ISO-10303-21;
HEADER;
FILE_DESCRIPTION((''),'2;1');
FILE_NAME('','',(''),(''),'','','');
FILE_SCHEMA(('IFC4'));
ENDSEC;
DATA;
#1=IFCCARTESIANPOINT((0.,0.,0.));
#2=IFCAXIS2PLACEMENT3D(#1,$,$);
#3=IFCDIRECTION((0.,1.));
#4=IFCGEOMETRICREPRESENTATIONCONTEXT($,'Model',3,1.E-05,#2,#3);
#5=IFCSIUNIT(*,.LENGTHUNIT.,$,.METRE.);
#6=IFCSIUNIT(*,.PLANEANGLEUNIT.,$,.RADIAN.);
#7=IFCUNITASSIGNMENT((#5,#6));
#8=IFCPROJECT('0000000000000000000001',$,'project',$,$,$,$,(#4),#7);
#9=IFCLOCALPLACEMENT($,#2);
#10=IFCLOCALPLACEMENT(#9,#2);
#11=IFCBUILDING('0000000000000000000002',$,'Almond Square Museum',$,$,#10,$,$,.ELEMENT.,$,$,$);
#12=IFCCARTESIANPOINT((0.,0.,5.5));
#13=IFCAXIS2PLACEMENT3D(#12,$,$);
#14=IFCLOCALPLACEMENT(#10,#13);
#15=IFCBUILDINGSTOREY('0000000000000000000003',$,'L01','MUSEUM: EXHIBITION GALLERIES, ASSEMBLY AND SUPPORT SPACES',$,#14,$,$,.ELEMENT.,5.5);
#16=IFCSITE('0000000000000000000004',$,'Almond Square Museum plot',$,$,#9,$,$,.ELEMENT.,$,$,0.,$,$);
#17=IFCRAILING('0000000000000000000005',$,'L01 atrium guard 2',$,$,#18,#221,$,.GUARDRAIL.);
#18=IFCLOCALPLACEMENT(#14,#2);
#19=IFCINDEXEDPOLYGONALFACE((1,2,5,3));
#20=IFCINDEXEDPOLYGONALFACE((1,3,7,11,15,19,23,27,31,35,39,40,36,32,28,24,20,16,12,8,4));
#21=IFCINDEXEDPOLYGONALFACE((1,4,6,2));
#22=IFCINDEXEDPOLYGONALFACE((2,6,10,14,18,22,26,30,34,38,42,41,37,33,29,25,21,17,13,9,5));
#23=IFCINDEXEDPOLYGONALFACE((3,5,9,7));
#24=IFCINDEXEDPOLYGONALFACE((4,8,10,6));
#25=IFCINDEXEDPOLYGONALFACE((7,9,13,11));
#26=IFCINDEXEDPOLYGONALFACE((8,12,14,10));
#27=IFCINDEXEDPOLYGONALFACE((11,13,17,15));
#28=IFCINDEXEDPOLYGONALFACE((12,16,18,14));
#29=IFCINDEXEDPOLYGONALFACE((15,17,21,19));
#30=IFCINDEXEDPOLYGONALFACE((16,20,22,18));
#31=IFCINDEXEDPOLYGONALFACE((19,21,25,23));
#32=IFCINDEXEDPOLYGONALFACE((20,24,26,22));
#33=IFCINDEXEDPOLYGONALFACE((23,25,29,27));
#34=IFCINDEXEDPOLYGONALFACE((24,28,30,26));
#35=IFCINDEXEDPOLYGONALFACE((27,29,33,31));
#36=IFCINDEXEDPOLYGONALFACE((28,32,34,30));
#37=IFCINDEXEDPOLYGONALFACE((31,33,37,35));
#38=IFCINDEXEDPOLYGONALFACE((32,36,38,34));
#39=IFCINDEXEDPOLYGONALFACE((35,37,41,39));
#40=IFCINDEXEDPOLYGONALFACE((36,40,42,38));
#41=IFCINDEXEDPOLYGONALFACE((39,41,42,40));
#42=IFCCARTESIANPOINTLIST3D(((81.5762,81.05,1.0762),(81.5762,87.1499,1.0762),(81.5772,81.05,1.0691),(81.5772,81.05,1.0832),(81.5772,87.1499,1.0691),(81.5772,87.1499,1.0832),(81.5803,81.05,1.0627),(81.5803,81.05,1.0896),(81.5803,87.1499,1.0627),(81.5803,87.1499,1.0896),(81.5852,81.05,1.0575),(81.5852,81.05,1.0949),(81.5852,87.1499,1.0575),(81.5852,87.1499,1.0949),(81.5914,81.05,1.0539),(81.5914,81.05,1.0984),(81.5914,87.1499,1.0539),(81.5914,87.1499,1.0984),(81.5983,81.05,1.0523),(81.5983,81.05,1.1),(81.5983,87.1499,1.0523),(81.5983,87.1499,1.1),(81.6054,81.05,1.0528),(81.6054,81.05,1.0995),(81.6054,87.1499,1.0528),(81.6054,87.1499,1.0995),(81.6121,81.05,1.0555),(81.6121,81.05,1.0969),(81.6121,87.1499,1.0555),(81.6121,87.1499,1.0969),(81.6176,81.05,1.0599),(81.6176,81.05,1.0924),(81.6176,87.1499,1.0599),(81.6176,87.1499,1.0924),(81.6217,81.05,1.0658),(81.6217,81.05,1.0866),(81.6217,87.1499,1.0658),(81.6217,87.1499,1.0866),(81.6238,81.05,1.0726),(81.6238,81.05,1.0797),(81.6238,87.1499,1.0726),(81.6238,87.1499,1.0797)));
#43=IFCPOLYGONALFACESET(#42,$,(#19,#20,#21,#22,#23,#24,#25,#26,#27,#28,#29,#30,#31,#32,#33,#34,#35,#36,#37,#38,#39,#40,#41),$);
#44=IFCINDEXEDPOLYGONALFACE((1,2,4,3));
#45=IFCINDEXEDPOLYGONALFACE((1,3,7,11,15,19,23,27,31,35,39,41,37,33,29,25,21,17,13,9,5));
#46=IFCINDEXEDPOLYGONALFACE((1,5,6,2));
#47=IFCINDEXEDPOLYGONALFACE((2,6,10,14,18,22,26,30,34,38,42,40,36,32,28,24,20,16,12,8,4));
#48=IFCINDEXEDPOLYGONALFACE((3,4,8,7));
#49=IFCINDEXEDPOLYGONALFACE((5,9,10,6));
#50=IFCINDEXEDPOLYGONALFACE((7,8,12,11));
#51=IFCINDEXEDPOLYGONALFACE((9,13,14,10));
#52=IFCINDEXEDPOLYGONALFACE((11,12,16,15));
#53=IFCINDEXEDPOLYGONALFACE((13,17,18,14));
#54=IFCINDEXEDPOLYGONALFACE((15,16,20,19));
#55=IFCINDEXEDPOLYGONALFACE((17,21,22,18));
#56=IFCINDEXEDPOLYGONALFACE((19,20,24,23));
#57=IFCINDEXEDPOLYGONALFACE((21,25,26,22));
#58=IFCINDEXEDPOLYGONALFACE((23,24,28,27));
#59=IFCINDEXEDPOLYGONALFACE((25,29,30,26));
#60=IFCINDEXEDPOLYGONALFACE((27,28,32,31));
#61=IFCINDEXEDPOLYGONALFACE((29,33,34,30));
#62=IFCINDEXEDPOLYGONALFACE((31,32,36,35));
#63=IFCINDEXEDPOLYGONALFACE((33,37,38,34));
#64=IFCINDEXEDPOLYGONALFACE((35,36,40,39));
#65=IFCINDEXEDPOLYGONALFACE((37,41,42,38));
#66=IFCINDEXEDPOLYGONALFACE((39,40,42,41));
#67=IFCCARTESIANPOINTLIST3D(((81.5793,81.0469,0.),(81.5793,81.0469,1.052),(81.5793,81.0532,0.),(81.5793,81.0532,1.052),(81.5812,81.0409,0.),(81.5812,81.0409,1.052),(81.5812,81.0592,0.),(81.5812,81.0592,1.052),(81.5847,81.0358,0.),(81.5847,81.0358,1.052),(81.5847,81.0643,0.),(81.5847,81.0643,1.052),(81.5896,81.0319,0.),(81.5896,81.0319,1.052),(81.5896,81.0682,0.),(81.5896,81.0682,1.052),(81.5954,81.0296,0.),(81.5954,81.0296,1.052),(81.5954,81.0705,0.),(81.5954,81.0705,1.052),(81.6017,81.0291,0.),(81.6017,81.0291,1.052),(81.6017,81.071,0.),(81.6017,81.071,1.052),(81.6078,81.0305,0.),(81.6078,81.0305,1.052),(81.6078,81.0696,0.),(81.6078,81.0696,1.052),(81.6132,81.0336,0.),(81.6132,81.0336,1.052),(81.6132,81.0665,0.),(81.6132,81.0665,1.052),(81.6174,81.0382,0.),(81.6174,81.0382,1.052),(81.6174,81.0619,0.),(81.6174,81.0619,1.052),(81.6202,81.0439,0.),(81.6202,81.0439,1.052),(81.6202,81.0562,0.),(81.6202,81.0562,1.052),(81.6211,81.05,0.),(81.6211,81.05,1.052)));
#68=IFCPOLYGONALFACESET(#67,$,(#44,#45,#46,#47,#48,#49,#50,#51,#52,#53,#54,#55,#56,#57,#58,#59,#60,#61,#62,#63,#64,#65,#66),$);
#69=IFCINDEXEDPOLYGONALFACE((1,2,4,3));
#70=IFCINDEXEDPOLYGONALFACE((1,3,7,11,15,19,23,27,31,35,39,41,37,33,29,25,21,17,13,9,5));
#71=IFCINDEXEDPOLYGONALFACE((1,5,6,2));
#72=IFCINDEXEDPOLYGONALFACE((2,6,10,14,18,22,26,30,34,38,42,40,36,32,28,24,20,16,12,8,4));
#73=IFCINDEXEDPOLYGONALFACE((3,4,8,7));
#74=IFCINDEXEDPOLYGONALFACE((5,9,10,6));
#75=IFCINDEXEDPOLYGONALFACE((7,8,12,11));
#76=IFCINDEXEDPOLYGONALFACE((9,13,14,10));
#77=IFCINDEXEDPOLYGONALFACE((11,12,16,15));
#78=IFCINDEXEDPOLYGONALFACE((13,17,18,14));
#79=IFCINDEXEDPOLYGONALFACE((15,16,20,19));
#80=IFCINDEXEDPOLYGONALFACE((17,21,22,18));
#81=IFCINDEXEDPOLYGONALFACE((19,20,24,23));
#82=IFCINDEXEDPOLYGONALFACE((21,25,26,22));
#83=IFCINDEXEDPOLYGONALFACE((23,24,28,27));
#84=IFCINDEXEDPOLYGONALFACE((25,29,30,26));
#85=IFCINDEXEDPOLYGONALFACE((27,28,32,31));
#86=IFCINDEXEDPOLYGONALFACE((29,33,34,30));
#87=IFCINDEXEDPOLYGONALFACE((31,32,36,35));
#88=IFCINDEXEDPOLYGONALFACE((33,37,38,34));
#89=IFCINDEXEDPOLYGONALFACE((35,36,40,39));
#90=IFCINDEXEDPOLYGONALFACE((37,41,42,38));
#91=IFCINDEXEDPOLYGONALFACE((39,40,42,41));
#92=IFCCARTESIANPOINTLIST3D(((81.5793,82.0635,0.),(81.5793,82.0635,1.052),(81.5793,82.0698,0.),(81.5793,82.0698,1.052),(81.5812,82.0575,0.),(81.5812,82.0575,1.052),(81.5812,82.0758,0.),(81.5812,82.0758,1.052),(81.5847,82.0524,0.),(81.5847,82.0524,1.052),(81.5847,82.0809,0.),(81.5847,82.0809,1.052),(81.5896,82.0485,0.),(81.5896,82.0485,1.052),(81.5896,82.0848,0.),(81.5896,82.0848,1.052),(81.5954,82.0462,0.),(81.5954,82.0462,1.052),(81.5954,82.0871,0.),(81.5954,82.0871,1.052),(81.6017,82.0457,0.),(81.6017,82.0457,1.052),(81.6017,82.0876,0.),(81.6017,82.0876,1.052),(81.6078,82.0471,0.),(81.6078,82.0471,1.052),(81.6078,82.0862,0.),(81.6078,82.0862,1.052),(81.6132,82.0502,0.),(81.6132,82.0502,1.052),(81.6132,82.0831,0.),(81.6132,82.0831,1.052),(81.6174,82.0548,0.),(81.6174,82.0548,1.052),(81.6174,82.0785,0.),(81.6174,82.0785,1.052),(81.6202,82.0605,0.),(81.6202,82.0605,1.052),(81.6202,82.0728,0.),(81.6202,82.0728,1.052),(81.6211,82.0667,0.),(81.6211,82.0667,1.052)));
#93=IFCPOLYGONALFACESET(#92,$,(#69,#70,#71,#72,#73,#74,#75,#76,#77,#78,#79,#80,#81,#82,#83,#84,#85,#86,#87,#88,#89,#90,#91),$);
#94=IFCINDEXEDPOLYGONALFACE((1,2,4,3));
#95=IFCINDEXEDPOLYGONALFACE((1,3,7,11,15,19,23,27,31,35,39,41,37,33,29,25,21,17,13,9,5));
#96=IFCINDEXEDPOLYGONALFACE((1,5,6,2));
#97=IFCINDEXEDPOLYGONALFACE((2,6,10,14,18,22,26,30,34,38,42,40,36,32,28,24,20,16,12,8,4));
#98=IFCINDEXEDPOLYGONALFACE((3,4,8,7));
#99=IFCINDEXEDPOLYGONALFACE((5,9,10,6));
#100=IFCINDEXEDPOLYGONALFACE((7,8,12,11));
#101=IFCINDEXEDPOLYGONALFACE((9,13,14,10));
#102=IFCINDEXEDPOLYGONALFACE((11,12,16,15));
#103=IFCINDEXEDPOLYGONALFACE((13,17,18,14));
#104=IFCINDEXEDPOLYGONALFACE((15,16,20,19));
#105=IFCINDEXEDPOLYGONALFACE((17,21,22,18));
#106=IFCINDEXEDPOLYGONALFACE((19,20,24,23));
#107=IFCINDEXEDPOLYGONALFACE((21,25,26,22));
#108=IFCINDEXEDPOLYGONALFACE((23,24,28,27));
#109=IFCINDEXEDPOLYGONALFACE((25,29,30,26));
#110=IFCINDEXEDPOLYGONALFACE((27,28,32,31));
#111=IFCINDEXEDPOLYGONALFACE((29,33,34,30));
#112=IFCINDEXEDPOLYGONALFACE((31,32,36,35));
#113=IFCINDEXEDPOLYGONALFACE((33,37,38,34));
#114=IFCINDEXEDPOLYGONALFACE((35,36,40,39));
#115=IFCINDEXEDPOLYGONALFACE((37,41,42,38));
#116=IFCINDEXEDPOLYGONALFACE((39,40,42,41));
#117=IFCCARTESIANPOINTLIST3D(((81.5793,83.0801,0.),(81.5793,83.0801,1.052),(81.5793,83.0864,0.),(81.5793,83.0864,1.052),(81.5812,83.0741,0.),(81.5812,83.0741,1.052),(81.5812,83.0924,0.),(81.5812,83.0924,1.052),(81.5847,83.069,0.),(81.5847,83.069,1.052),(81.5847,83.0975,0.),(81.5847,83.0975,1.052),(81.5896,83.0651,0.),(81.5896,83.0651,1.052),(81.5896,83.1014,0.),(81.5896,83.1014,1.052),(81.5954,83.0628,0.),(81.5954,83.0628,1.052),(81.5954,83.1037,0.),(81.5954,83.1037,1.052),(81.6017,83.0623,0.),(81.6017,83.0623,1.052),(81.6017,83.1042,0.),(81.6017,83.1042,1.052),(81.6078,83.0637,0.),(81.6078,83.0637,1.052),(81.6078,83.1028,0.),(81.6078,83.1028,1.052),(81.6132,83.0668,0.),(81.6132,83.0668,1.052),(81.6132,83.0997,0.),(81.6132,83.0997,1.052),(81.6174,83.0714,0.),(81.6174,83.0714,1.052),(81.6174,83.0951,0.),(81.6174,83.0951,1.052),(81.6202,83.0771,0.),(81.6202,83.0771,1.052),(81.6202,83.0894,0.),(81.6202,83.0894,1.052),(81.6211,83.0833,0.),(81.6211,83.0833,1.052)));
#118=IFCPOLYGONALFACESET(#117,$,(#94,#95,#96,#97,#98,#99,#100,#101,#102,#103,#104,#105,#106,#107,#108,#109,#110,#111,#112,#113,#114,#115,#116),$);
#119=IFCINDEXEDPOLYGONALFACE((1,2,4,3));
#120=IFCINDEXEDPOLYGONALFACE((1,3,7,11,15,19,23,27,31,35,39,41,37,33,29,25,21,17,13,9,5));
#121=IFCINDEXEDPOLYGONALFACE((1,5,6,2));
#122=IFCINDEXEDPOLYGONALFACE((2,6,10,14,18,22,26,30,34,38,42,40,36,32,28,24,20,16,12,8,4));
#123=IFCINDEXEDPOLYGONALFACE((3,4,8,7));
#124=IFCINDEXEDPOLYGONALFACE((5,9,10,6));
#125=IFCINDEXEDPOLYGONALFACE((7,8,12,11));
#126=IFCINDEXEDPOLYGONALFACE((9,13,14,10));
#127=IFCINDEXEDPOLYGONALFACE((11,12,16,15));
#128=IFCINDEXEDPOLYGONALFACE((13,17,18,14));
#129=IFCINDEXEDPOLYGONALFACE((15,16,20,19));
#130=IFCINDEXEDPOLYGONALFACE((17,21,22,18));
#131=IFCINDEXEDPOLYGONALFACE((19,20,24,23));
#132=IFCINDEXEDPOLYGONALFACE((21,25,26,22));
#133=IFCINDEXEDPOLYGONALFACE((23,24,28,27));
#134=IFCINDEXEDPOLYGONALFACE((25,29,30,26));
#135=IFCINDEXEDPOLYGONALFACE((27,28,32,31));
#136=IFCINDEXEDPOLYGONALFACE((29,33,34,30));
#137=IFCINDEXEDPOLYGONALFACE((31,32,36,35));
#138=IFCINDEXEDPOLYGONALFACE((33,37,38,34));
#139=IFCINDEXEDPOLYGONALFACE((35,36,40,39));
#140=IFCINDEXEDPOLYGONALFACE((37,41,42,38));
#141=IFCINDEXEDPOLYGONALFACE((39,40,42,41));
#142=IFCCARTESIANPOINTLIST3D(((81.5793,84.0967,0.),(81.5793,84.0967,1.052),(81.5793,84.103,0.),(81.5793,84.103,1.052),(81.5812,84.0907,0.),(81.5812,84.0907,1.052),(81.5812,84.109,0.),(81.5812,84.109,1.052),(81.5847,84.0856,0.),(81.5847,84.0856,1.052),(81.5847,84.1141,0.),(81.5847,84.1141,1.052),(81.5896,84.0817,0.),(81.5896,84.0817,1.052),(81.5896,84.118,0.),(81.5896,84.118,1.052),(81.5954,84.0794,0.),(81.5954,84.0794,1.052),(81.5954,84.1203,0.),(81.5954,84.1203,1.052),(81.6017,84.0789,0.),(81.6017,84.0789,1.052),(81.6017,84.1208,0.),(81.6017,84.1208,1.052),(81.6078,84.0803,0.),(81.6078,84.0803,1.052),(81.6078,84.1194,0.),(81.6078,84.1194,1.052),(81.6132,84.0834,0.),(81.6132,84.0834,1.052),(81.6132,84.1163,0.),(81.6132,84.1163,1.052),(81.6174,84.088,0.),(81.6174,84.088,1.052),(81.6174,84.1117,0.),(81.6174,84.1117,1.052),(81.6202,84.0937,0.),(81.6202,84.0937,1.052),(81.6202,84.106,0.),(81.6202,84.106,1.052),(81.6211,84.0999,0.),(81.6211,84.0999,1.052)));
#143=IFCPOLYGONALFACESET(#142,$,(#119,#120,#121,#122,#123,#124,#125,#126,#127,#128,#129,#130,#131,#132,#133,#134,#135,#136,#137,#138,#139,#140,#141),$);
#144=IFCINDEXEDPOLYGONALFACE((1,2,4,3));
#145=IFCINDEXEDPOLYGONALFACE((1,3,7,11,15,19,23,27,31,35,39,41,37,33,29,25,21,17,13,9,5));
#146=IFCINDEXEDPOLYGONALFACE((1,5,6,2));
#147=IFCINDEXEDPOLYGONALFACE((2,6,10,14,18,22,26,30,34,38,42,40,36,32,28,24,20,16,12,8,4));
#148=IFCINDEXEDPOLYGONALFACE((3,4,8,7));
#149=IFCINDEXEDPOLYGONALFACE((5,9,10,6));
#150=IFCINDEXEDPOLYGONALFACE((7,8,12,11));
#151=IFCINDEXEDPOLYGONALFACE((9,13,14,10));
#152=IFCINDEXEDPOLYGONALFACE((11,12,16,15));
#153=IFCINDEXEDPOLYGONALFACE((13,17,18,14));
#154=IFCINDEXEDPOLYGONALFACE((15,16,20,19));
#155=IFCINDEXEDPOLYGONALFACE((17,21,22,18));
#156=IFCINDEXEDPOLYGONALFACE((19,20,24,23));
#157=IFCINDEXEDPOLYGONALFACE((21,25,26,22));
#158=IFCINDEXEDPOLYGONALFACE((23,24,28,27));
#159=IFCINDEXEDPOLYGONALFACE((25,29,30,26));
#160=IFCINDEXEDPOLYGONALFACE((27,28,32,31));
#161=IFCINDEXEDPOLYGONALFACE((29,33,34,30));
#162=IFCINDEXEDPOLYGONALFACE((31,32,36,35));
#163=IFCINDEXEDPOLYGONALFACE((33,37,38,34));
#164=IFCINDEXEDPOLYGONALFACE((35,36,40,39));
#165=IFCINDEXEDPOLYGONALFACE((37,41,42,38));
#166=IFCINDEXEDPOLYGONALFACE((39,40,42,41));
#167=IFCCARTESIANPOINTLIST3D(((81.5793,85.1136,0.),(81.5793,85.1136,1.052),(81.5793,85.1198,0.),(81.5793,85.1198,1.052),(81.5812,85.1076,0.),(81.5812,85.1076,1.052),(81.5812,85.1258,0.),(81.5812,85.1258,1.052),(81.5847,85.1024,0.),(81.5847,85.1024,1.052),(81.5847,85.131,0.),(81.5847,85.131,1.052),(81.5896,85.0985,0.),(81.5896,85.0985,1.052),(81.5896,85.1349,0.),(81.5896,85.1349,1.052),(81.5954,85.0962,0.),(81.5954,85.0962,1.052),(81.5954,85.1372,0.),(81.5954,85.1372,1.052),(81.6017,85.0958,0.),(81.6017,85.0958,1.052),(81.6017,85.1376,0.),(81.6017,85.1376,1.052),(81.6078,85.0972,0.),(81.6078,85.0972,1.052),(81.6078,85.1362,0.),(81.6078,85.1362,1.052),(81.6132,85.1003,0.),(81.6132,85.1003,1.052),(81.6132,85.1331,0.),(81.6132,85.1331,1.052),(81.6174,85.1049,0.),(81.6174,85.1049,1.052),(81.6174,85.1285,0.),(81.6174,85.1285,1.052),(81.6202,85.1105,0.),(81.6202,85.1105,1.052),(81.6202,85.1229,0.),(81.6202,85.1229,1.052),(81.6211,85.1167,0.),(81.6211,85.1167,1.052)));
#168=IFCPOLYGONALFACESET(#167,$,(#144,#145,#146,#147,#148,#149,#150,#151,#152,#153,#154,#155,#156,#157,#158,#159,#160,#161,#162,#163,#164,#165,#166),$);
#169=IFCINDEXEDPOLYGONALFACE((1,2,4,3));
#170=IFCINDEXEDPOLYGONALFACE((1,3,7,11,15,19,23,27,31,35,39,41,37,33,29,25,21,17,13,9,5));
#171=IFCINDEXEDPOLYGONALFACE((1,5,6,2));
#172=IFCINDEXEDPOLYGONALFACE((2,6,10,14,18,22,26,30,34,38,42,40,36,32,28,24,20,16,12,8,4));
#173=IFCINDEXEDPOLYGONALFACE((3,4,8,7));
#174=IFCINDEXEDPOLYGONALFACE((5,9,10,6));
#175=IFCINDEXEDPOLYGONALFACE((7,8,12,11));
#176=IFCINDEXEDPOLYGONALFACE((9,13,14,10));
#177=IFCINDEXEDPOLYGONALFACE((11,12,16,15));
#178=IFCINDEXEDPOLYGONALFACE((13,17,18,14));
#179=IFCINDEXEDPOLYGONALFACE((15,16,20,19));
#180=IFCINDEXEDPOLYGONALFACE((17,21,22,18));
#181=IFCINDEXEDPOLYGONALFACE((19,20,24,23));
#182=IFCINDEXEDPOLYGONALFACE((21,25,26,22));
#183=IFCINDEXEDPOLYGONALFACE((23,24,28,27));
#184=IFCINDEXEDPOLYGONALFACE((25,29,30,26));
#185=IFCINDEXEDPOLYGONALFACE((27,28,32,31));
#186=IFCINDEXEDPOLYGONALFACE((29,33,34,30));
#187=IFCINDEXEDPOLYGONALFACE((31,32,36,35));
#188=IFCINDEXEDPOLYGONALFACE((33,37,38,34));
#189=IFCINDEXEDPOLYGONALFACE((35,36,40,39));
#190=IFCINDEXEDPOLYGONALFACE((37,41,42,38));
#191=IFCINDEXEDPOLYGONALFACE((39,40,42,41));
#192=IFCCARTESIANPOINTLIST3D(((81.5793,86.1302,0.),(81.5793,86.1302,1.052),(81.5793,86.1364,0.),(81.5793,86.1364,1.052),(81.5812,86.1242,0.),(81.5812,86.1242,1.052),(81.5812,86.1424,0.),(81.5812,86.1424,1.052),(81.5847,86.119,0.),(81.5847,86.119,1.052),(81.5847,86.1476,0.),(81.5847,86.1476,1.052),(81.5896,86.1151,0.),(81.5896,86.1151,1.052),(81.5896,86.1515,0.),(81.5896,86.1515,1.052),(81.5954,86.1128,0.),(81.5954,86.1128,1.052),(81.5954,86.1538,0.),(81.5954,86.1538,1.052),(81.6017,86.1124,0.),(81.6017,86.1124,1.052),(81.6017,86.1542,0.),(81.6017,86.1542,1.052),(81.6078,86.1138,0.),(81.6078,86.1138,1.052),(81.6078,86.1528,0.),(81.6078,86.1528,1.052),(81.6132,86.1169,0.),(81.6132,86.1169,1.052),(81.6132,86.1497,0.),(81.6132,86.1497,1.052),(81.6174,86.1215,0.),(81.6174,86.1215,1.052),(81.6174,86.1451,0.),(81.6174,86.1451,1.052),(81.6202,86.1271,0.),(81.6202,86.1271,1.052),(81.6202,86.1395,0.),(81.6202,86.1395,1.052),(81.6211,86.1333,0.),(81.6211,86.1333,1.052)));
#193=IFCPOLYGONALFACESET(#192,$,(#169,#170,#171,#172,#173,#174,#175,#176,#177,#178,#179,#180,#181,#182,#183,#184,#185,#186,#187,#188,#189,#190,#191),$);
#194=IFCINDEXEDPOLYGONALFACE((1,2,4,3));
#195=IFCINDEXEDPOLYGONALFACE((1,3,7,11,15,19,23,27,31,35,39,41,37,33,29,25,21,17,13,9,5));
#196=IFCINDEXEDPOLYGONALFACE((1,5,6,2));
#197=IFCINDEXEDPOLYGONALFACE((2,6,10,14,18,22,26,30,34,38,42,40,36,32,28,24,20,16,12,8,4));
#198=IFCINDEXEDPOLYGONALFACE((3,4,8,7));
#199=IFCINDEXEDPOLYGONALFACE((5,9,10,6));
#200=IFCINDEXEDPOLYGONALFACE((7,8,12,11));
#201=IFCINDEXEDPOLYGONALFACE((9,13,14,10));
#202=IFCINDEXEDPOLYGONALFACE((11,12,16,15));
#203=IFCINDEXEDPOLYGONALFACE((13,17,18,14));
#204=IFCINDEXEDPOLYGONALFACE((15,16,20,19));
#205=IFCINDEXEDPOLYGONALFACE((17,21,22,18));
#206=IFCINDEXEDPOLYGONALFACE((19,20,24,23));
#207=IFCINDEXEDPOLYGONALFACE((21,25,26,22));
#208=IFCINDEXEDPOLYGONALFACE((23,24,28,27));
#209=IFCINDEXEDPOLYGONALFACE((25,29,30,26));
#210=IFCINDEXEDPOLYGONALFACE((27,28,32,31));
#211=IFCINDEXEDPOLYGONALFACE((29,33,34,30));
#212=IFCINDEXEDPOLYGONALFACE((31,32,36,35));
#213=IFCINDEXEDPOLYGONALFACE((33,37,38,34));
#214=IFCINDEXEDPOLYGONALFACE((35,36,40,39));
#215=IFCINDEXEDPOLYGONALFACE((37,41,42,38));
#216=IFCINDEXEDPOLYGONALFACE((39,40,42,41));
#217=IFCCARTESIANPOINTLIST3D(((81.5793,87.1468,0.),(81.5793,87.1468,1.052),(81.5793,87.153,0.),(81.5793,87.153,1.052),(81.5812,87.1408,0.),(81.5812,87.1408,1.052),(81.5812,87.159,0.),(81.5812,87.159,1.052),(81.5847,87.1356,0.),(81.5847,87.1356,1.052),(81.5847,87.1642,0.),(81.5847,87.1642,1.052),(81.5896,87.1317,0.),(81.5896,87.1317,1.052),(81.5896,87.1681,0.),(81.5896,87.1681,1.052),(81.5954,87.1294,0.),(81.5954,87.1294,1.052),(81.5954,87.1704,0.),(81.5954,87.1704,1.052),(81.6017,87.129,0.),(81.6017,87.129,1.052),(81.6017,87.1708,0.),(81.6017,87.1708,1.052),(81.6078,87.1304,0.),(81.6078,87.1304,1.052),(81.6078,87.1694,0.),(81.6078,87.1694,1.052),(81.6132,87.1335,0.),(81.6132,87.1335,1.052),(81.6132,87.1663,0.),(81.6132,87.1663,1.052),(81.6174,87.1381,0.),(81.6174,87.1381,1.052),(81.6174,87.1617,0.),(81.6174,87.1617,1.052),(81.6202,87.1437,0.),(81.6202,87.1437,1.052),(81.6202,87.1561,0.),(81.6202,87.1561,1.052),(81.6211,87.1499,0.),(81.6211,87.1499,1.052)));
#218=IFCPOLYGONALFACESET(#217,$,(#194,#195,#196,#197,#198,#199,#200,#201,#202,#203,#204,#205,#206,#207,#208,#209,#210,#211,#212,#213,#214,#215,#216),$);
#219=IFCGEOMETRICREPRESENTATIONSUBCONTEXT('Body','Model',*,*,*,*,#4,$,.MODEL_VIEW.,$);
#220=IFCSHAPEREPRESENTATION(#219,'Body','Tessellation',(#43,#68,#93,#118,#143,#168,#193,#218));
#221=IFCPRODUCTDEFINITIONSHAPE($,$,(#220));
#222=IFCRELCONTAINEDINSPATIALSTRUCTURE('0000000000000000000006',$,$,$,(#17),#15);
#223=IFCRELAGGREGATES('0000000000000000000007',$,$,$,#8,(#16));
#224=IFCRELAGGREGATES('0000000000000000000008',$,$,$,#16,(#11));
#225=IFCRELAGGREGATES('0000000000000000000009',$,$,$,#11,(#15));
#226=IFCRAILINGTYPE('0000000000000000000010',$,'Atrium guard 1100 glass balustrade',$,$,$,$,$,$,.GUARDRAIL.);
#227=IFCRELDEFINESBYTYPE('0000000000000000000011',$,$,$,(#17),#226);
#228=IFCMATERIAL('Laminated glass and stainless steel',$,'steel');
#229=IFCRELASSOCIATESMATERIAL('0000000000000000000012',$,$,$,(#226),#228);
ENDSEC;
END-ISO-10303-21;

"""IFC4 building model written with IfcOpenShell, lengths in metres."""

from ifc_helpers import new_model, si_unit, direction, frame, origin, origin_2d, place, context, subcontext, project, spatial, circle, extrude, material, type_object, element, save


model = new_model("IFC4")

# Units and contexts
model_context = context("Model", 3, precision=1e-05, world=origin(), true_north=direction((0.0, 1.0)))
body_context = subcontext(model_context, "Body", "Model", "MODEL_VIEW")
ifc_project = project(units=[si_unit("LENGTHUNIT", "METRE"), si_unit("PLANEANGLEUNIT", "RADIAN")], contexts=[model_context])

# Site, building, storey
site_placement = place(None, origin())
site = spatial("IfcSite", under=ifc_project, at=site_placement, Name="Almond Square Museum plot", CompositionType="ELEMENT", RefElevation=0.0)
building_placement = place(site_placement, origin())
building = spatial("IfcBuilding", under=site, at=building_placement, Name="Almond Square Museum", CompositionType="ELEMENT")
storey_placement = place(building_placement, frame((0.0, 0.0, 5.5)))
storey = spatial("IfcBuildingStorey", under=building, at=storey_placement, Name="L01", Description="MUSEUM: EXHIBITION GALLERIES, ASSEMBLY AND SUPPORT SPACES", CompositionType="ELEMENT", Elevation=5.5)

# Railing
ifc_material_1 = material(Name="Laminated glass and stainless steel", Category="steel")
railing_type_1 = type_object("IfcRailingType", Name="Atrium guard 1100 glass balustrade", PredefinedType="GUARDRAIL", material=ifc_material_1)
railing_1_placement = place(storey_placement, frame((81.6001, 81.05, 0.0)))
element("IfcRailing", 1, at=railing_1_placement, inside=storey, type_object=railing_type_1, Name="L01 atrium guard 2", PredefinedType="GUARDRAIL", context=body_context, shape_type="SweptSolid", body=[
    extrude(circle(Radius=0.0239, at=origin_2d()), frame((0.0, 0.0, 1.0762), z_axis=(0.0, 1.0, 0.0), x_axis=(-1.0, 0.0, 0.0)), (0.0, 0.0, 1.0), 6.0999),
    extrude(circle(Radius=0.021, at=origin_2d()), origin(), (0.0, 0.0, 1.0), 1.052),
    extrude(circle(Radius=0.021, at=origin_2d()), frame((0.0, 1.0166, 0.0)), (0.0, 0.0, 1.0), 1.052),
    extrude(circle(Radius=0.021, at=origin_2d()), frame((0.0, 2.0332, 0.0)), (0.0, 0.0, 1.0), 1.052),
    extrude(circle(Radius=0.021, at=origin_2d()), frame((0.0, 3.0498, 0.0)), (0.0, 0.0, 1.0), 1.052),
    extrude(circle(Radius=0.021, at=origin_2d()), frame((0.0, 4.0667, 0.0)), (0.0, 0.0, 1.0), 1.052),
    extrude(circle(Radius=0.021, at=origin_2d()), frame((0.0, 5.0833, 0.0)), (0.0, 0.0, 1.0), 1.052),
    extrude(circle(Radius=0.021, at=origin_2d()), frame((0.0, 6.0999, 0.0)), (0.0, 0.0, 1.0), 1.052),
])

save(model, "model.ifc")
